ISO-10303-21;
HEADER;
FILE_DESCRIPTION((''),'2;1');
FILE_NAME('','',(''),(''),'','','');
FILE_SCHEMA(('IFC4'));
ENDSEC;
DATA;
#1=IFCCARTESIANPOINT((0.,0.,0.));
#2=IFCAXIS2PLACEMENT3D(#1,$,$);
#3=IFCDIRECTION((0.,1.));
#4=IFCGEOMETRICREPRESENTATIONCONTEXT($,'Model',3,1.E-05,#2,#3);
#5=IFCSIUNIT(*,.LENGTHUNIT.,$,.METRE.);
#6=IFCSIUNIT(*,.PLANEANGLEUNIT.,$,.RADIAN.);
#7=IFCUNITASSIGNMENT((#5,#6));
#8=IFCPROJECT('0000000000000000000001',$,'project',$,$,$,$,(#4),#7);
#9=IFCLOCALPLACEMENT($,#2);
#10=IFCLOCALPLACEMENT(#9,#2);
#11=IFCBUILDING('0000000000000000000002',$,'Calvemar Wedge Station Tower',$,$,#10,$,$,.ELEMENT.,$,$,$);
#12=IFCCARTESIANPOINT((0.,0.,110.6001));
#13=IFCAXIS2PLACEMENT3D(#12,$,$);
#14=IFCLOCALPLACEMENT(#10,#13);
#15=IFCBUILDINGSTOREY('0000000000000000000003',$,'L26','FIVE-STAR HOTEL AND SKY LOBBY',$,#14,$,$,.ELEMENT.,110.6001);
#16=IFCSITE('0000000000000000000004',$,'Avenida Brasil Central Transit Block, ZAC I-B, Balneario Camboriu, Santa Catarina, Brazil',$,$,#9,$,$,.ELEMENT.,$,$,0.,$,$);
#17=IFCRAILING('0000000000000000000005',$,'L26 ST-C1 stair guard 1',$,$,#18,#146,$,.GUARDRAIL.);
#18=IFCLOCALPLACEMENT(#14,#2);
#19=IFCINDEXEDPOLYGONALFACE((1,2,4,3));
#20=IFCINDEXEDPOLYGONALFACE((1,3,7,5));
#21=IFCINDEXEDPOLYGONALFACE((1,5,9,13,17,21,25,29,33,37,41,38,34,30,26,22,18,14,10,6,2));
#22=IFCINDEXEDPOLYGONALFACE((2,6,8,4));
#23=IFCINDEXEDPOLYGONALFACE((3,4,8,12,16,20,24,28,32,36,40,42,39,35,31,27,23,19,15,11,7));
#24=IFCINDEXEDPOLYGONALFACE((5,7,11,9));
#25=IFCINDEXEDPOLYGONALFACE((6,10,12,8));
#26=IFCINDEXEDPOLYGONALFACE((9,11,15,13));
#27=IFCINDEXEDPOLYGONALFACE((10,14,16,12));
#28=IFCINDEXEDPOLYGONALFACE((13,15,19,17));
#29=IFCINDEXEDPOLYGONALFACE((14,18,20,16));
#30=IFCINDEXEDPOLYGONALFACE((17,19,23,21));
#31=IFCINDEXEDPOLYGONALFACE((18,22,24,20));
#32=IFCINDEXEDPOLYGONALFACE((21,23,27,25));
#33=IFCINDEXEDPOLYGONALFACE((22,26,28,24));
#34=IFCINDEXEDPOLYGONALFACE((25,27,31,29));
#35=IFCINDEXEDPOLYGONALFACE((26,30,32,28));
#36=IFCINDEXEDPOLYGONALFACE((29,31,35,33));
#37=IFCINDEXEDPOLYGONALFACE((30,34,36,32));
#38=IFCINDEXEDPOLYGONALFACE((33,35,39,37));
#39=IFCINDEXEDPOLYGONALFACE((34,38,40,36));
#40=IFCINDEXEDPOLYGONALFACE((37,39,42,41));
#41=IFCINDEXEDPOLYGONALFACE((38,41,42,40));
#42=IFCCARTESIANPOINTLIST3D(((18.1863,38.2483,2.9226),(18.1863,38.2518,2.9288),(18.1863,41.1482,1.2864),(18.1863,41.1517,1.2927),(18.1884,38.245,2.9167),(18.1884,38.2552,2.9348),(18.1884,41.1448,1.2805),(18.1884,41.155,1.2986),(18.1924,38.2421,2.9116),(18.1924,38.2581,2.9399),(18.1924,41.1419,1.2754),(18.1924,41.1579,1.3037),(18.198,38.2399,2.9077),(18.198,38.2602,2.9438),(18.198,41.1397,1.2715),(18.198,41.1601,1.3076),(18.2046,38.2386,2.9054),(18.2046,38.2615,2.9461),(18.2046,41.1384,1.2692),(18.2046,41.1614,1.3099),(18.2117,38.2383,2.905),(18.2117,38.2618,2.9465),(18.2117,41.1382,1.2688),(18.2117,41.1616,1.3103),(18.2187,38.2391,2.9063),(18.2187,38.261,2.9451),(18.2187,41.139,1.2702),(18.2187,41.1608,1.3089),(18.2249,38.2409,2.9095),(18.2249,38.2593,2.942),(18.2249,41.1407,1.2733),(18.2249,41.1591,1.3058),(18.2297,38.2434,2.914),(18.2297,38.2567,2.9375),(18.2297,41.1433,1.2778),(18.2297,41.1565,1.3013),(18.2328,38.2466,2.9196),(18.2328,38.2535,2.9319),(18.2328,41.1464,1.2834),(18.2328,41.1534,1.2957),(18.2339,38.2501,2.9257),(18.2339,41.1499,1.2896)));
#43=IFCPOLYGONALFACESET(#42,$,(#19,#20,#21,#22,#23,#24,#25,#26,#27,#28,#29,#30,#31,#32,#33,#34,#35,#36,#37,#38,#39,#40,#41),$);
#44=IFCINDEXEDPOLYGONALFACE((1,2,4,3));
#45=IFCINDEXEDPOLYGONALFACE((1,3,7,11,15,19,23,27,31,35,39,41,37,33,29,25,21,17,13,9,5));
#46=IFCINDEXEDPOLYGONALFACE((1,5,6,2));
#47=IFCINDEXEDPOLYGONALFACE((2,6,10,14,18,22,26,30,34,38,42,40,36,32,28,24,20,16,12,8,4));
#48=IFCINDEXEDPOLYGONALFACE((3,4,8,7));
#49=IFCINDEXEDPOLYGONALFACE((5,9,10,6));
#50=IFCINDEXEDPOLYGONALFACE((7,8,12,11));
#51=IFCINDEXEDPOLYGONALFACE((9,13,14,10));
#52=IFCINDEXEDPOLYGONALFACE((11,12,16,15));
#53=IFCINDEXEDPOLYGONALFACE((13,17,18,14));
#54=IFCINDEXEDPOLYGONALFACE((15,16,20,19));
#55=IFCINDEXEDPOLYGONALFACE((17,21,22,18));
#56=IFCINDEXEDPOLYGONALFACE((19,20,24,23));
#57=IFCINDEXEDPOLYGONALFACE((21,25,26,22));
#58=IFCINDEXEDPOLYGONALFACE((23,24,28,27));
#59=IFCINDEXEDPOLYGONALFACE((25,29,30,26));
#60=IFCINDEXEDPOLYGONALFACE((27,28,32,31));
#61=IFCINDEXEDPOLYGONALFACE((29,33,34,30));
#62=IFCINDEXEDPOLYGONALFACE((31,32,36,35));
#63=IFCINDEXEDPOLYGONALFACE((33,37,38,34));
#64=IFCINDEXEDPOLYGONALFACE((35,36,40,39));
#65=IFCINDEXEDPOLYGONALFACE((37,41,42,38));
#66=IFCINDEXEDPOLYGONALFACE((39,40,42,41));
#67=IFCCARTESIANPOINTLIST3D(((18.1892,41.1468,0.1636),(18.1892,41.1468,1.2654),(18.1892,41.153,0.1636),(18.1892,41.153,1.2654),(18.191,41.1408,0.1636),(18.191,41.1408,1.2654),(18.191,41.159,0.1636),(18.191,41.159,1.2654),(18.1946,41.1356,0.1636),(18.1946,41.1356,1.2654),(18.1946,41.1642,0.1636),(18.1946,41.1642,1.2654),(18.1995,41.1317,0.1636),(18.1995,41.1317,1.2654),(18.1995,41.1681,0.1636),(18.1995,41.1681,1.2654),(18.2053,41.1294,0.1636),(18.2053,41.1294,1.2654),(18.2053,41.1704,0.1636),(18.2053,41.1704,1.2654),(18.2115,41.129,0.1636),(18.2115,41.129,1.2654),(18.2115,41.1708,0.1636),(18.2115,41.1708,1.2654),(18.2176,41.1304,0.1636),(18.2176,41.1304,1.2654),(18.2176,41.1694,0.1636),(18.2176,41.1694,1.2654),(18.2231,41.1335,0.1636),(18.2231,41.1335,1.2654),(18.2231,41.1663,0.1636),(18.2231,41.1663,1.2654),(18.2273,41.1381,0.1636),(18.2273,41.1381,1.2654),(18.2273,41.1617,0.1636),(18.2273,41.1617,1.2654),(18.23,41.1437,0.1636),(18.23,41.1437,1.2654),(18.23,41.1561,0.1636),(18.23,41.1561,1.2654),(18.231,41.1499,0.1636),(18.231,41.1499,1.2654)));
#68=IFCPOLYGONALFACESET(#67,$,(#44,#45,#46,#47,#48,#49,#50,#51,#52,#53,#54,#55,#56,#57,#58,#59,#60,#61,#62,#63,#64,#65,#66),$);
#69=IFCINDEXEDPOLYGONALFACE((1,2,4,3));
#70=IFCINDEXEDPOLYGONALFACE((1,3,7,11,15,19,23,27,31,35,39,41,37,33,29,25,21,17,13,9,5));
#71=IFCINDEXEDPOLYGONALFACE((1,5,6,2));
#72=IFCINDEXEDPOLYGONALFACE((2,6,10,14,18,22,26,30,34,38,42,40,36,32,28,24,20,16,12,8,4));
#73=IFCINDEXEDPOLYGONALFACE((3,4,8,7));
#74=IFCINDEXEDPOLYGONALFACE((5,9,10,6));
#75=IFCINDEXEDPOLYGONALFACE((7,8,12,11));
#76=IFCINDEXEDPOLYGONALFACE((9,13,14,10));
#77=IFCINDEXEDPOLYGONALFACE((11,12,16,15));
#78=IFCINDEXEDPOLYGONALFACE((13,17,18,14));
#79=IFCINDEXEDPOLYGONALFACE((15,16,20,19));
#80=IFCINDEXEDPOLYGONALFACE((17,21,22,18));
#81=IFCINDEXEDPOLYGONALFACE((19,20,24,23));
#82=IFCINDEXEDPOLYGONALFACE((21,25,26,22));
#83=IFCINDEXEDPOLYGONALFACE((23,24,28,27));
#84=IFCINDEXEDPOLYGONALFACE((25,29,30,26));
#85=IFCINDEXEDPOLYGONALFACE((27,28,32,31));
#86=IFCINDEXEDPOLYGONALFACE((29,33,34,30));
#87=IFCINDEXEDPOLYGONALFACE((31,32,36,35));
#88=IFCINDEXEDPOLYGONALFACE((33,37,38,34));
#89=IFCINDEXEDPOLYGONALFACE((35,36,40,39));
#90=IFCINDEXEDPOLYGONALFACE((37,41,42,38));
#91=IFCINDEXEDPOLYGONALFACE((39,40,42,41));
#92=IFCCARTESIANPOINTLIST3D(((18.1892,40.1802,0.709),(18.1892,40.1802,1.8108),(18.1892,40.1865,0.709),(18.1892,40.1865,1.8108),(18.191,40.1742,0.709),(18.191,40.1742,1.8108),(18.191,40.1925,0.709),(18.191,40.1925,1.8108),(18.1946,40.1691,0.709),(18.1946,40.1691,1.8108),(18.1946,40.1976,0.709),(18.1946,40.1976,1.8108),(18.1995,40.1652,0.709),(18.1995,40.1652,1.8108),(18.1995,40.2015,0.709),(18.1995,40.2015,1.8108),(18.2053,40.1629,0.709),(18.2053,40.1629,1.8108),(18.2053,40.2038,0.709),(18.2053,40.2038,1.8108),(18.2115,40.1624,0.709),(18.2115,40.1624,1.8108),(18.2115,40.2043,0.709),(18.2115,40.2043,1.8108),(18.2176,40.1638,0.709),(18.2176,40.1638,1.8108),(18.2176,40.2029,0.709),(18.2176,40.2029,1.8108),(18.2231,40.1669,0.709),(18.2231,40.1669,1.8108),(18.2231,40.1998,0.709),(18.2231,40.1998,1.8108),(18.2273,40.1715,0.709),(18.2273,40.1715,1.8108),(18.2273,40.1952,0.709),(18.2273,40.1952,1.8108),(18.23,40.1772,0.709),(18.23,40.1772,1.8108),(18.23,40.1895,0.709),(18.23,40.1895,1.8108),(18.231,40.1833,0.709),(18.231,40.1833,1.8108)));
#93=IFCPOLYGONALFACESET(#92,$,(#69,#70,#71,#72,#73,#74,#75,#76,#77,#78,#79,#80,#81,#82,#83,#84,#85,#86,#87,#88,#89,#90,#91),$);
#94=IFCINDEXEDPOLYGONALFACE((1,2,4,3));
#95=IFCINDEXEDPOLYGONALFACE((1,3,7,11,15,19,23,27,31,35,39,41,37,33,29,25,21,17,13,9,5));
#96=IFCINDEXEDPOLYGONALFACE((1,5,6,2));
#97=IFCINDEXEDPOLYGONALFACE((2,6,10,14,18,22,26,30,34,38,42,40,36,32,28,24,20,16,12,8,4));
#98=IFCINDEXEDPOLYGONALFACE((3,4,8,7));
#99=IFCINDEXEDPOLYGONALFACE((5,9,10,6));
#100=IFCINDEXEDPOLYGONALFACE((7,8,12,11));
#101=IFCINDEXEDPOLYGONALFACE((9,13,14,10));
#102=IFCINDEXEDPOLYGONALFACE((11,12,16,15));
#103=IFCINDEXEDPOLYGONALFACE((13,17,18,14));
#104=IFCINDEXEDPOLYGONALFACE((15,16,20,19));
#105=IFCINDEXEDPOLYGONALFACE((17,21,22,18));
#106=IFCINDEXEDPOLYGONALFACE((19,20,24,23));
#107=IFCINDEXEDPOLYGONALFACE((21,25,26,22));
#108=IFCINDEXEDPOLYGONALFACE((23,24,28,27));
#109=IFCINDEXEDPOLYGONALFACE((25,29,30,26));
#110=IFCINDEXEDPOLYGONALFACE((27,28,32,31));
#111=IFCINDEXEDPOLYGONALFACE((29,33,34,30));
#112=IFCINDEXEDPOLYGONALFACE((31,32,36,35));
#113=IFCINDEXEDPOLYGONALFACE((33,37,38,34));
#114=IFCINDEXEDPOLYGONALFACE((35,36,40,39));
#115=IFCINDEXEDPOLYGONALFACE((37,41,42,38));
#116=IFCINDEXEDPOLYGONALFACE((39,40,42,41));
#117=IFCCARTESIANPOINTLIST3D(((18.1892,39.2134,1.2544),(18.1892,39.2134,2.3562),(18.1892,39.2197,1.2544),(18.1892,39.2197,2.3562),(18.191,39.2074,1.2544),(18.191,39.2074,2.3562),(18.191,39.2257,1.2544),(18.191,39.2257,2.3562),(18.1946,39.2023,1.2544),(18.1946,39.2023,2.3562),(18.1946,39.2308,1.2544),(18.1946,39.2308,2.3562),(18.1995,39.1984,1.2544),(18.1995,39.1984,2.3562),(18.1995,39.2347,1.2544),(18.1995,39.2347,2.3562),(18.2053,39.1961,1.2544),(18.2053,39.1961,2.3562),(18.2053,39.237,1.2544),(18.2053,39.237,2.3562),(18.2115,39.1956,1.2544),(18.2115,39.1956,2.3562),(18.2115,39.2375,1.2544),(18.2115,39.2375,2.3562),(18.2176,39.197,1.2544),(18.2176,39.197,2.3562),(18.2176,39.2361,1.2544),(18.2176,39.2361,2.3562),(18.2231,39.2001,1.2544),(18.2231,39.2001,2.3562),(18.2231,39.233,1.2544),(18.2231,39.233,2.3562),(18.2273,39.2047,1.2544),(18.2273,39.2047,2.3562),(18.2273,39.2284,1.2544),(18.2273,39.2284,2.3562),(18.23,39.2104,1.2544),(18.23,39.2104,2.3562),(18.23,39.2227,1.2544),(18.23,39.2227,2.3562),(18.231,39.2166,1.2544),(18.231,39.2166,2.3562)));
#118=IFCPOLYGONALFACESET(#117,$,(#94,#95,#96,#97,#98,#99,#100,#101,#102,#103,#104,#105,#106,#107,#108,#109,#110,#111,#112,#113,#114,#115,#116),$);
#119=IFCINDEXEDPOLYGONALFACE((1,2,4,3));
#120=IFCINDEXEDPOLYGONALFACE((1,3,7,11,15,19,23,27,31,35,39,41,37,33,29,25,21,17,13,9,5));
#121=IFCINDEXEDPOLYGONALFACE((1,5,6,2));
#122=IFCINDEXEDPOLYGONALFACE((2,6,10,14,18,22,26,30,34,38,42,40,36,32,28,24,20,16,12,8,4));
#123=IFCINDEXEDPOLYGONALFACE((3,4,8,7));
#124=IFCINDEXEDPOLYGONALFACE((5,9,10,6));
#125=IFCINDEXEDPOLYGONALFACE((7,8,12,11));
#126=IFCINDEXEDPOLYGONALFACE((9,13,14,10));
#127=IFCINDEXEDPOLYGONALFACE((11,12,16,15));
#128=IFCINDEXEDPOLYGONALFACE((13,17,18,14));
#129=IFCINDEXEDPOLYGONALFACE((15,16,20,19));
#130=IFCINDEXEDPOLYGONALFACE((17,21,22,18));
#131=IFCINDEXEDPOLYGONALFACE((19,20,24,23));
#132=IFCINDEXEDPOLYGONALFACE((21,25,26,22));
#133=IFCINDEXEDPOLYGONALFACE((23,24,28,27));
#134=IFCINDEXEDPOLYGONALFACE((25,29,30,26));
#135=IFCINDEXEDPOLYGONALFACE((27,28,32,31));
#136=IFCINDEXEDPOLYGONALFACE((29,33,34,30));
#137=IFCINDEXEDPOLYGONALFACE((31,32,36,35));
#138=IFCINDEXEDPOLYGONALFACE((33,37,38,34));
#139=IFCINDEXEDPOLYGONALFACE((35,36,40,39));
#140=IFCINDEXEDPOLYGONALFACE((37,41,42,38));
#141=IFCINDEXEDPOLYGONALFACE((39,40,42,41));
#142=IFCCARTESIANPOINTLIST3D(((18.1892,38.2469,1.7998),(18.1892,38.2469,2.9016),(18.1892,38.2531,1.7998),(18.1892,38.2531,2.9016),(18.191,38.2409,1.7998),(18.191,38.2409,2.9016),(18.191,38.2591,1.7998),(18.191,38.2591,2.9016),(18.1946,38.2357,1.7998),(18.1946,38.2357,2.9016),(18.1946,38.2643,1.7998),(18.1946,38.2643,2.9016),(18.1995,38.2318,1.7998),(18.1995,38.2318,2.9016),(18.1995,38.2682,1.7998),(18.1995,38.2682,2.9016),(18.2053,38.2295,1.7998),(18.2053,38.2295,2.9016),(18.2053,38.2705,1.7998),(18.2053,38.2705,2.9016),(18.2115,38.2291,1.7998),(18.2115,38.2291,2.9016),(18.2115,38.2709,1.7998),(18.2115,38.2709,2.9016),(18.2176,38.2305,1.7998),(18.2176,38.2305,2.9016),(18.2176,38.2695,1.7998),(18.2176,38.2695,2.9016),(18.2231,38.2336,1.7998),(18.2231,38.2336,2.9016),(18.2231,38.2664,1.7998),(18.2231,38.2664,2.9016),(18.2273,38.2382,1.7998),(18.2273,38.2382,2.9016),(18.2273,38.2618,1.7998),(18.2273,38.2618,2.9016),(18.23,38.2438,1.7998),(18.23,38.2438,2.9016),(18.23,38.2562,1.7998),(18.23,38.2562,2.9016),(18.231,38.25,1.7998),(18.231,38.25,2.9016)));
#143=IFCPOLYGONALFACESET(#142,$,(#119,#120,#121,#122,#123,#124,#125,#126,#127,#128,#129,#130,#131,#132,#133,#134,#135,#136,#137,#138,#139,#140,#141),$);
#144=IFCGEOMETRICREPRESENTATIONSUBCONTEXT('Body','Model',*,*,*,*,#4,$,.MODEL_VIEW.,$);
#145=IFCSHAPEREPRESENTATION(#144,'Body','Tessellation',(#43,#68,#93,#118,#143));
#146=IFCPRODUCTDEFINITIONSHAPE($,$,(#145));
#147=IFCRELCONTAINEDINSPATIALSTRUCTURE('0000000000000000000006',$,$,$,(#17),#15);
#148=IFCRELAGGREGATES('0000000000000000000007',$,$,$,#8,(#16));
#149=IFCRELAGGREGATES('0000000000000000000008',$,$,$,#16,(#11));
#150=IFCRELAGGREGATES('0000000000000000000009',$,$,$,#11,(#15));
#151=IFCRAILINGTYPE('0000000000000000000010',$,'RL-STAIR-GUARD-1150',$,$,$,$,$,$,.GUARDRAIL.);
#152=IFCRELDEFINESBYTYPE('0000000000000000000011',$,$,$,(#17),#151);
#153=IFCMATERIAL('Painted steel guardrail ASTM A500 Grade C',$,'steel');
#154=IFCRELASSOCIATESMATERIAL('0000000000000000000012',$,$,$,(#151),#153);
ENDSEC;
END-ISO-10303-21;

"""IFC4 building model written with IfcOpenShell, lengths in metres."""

from ifc_helpers import new_model, si_unit, direction, frame, origin, origin_2d, place, context, subcontext, project, spatial, circle, extrude, material, type_object, element, save


model = new_model("IFC4")

# Units and contexts
model_context = context("Model", 3, precision=1e-05, world=origin(), true_north=direction((0.0, 1.0)))
body_context = subcontext(model_context, "Body", "Model", "MODEL_VIEW")
ifc_project = project(units=[si_unit("LENGTHUNIT", "METRE"), si_unit("PLANEANGLEUNIT", "RADIAN")], contexts=[model_context])

# Site, building, storey
site_placement = place(None, origin())
site = spatial("IfcSite", under=ifc_project, at=site_placement, Name="Avenida Brasil Central Transit Block, ZAC I-B, Balneario Camboriu, Santa Catarina, Brazil", CompositionType="ELEMENT", RefElevation=0.0)
building_placement = place(site_placement, origin())
building = spatial("IfcBuilding", under=site, at=building_placement, Name="Calvemar Wedge Station Tower", CompositionType="ELEMENT")
storey_placement = place(building_placement, frame((0.0, 0.0, 110.6001)))
storey = spatial("IfcBuildingStorey", under=building, at=storey_placement, Name="L26", Description="FIVE-STAR HOTEL AND SKY LOBBY", CompositionType="ELEMENT", Elevation=110.6001)

# Railing
ifc_material_1 = material(Name="Painted steel guardrail ASTM A500 Grade C", Category="steel")
railing_type = type_object("IfcRailingType", Name="RL-STAIR-GUARD-1150", PredefinedType="GUARDRAIL", material=ifc_material_1)
railing_1_placement = place(storey_placement, frame((18.21, 41.1499, 0.1636)))
element("IfcRailing", 1, at=railing_1_placement, inside=storey, type_object=railing_type, Name="L26 ST-C1 stair guard 1", PredefinedType="GUARDRAIL", context=body_context, shape_type="SweptSolid", body=[
    extrude(circle(Radius=0.0239, at=origin_2d()), frame((0.0, 0.0, 1.126), z_axis=(0.0, -0.870929, 0.49141), x_axis=(1.0, 0.0, 0.0)), (0.0, 0.0, 1.0), 3.3296),
    extrude(circle(Radius=0.021, at=origin_2d()), origin(), (0.0, 0.0, 1.0), 1.1018),
    extrude(circle(Radius=0.021, at=origin_2d()), frame((0.0, -0.9666, 0.5454)), (0.0, 0.0, 1.0), 1.1018),
    extrude(circle(Radius=0.021, at=origin_2d()), frame((0.0, -1.9333, 1.0908)), (0.0, 0.0, 1.0), 1.1018),
    extrude(circle(Radius=0.021, at=origin_2d()), frame((0.0, -2.8999, 1.6362)), (0.0, 0.0, 1.0), 1.1018),
])

save(model, "model.ifc")
